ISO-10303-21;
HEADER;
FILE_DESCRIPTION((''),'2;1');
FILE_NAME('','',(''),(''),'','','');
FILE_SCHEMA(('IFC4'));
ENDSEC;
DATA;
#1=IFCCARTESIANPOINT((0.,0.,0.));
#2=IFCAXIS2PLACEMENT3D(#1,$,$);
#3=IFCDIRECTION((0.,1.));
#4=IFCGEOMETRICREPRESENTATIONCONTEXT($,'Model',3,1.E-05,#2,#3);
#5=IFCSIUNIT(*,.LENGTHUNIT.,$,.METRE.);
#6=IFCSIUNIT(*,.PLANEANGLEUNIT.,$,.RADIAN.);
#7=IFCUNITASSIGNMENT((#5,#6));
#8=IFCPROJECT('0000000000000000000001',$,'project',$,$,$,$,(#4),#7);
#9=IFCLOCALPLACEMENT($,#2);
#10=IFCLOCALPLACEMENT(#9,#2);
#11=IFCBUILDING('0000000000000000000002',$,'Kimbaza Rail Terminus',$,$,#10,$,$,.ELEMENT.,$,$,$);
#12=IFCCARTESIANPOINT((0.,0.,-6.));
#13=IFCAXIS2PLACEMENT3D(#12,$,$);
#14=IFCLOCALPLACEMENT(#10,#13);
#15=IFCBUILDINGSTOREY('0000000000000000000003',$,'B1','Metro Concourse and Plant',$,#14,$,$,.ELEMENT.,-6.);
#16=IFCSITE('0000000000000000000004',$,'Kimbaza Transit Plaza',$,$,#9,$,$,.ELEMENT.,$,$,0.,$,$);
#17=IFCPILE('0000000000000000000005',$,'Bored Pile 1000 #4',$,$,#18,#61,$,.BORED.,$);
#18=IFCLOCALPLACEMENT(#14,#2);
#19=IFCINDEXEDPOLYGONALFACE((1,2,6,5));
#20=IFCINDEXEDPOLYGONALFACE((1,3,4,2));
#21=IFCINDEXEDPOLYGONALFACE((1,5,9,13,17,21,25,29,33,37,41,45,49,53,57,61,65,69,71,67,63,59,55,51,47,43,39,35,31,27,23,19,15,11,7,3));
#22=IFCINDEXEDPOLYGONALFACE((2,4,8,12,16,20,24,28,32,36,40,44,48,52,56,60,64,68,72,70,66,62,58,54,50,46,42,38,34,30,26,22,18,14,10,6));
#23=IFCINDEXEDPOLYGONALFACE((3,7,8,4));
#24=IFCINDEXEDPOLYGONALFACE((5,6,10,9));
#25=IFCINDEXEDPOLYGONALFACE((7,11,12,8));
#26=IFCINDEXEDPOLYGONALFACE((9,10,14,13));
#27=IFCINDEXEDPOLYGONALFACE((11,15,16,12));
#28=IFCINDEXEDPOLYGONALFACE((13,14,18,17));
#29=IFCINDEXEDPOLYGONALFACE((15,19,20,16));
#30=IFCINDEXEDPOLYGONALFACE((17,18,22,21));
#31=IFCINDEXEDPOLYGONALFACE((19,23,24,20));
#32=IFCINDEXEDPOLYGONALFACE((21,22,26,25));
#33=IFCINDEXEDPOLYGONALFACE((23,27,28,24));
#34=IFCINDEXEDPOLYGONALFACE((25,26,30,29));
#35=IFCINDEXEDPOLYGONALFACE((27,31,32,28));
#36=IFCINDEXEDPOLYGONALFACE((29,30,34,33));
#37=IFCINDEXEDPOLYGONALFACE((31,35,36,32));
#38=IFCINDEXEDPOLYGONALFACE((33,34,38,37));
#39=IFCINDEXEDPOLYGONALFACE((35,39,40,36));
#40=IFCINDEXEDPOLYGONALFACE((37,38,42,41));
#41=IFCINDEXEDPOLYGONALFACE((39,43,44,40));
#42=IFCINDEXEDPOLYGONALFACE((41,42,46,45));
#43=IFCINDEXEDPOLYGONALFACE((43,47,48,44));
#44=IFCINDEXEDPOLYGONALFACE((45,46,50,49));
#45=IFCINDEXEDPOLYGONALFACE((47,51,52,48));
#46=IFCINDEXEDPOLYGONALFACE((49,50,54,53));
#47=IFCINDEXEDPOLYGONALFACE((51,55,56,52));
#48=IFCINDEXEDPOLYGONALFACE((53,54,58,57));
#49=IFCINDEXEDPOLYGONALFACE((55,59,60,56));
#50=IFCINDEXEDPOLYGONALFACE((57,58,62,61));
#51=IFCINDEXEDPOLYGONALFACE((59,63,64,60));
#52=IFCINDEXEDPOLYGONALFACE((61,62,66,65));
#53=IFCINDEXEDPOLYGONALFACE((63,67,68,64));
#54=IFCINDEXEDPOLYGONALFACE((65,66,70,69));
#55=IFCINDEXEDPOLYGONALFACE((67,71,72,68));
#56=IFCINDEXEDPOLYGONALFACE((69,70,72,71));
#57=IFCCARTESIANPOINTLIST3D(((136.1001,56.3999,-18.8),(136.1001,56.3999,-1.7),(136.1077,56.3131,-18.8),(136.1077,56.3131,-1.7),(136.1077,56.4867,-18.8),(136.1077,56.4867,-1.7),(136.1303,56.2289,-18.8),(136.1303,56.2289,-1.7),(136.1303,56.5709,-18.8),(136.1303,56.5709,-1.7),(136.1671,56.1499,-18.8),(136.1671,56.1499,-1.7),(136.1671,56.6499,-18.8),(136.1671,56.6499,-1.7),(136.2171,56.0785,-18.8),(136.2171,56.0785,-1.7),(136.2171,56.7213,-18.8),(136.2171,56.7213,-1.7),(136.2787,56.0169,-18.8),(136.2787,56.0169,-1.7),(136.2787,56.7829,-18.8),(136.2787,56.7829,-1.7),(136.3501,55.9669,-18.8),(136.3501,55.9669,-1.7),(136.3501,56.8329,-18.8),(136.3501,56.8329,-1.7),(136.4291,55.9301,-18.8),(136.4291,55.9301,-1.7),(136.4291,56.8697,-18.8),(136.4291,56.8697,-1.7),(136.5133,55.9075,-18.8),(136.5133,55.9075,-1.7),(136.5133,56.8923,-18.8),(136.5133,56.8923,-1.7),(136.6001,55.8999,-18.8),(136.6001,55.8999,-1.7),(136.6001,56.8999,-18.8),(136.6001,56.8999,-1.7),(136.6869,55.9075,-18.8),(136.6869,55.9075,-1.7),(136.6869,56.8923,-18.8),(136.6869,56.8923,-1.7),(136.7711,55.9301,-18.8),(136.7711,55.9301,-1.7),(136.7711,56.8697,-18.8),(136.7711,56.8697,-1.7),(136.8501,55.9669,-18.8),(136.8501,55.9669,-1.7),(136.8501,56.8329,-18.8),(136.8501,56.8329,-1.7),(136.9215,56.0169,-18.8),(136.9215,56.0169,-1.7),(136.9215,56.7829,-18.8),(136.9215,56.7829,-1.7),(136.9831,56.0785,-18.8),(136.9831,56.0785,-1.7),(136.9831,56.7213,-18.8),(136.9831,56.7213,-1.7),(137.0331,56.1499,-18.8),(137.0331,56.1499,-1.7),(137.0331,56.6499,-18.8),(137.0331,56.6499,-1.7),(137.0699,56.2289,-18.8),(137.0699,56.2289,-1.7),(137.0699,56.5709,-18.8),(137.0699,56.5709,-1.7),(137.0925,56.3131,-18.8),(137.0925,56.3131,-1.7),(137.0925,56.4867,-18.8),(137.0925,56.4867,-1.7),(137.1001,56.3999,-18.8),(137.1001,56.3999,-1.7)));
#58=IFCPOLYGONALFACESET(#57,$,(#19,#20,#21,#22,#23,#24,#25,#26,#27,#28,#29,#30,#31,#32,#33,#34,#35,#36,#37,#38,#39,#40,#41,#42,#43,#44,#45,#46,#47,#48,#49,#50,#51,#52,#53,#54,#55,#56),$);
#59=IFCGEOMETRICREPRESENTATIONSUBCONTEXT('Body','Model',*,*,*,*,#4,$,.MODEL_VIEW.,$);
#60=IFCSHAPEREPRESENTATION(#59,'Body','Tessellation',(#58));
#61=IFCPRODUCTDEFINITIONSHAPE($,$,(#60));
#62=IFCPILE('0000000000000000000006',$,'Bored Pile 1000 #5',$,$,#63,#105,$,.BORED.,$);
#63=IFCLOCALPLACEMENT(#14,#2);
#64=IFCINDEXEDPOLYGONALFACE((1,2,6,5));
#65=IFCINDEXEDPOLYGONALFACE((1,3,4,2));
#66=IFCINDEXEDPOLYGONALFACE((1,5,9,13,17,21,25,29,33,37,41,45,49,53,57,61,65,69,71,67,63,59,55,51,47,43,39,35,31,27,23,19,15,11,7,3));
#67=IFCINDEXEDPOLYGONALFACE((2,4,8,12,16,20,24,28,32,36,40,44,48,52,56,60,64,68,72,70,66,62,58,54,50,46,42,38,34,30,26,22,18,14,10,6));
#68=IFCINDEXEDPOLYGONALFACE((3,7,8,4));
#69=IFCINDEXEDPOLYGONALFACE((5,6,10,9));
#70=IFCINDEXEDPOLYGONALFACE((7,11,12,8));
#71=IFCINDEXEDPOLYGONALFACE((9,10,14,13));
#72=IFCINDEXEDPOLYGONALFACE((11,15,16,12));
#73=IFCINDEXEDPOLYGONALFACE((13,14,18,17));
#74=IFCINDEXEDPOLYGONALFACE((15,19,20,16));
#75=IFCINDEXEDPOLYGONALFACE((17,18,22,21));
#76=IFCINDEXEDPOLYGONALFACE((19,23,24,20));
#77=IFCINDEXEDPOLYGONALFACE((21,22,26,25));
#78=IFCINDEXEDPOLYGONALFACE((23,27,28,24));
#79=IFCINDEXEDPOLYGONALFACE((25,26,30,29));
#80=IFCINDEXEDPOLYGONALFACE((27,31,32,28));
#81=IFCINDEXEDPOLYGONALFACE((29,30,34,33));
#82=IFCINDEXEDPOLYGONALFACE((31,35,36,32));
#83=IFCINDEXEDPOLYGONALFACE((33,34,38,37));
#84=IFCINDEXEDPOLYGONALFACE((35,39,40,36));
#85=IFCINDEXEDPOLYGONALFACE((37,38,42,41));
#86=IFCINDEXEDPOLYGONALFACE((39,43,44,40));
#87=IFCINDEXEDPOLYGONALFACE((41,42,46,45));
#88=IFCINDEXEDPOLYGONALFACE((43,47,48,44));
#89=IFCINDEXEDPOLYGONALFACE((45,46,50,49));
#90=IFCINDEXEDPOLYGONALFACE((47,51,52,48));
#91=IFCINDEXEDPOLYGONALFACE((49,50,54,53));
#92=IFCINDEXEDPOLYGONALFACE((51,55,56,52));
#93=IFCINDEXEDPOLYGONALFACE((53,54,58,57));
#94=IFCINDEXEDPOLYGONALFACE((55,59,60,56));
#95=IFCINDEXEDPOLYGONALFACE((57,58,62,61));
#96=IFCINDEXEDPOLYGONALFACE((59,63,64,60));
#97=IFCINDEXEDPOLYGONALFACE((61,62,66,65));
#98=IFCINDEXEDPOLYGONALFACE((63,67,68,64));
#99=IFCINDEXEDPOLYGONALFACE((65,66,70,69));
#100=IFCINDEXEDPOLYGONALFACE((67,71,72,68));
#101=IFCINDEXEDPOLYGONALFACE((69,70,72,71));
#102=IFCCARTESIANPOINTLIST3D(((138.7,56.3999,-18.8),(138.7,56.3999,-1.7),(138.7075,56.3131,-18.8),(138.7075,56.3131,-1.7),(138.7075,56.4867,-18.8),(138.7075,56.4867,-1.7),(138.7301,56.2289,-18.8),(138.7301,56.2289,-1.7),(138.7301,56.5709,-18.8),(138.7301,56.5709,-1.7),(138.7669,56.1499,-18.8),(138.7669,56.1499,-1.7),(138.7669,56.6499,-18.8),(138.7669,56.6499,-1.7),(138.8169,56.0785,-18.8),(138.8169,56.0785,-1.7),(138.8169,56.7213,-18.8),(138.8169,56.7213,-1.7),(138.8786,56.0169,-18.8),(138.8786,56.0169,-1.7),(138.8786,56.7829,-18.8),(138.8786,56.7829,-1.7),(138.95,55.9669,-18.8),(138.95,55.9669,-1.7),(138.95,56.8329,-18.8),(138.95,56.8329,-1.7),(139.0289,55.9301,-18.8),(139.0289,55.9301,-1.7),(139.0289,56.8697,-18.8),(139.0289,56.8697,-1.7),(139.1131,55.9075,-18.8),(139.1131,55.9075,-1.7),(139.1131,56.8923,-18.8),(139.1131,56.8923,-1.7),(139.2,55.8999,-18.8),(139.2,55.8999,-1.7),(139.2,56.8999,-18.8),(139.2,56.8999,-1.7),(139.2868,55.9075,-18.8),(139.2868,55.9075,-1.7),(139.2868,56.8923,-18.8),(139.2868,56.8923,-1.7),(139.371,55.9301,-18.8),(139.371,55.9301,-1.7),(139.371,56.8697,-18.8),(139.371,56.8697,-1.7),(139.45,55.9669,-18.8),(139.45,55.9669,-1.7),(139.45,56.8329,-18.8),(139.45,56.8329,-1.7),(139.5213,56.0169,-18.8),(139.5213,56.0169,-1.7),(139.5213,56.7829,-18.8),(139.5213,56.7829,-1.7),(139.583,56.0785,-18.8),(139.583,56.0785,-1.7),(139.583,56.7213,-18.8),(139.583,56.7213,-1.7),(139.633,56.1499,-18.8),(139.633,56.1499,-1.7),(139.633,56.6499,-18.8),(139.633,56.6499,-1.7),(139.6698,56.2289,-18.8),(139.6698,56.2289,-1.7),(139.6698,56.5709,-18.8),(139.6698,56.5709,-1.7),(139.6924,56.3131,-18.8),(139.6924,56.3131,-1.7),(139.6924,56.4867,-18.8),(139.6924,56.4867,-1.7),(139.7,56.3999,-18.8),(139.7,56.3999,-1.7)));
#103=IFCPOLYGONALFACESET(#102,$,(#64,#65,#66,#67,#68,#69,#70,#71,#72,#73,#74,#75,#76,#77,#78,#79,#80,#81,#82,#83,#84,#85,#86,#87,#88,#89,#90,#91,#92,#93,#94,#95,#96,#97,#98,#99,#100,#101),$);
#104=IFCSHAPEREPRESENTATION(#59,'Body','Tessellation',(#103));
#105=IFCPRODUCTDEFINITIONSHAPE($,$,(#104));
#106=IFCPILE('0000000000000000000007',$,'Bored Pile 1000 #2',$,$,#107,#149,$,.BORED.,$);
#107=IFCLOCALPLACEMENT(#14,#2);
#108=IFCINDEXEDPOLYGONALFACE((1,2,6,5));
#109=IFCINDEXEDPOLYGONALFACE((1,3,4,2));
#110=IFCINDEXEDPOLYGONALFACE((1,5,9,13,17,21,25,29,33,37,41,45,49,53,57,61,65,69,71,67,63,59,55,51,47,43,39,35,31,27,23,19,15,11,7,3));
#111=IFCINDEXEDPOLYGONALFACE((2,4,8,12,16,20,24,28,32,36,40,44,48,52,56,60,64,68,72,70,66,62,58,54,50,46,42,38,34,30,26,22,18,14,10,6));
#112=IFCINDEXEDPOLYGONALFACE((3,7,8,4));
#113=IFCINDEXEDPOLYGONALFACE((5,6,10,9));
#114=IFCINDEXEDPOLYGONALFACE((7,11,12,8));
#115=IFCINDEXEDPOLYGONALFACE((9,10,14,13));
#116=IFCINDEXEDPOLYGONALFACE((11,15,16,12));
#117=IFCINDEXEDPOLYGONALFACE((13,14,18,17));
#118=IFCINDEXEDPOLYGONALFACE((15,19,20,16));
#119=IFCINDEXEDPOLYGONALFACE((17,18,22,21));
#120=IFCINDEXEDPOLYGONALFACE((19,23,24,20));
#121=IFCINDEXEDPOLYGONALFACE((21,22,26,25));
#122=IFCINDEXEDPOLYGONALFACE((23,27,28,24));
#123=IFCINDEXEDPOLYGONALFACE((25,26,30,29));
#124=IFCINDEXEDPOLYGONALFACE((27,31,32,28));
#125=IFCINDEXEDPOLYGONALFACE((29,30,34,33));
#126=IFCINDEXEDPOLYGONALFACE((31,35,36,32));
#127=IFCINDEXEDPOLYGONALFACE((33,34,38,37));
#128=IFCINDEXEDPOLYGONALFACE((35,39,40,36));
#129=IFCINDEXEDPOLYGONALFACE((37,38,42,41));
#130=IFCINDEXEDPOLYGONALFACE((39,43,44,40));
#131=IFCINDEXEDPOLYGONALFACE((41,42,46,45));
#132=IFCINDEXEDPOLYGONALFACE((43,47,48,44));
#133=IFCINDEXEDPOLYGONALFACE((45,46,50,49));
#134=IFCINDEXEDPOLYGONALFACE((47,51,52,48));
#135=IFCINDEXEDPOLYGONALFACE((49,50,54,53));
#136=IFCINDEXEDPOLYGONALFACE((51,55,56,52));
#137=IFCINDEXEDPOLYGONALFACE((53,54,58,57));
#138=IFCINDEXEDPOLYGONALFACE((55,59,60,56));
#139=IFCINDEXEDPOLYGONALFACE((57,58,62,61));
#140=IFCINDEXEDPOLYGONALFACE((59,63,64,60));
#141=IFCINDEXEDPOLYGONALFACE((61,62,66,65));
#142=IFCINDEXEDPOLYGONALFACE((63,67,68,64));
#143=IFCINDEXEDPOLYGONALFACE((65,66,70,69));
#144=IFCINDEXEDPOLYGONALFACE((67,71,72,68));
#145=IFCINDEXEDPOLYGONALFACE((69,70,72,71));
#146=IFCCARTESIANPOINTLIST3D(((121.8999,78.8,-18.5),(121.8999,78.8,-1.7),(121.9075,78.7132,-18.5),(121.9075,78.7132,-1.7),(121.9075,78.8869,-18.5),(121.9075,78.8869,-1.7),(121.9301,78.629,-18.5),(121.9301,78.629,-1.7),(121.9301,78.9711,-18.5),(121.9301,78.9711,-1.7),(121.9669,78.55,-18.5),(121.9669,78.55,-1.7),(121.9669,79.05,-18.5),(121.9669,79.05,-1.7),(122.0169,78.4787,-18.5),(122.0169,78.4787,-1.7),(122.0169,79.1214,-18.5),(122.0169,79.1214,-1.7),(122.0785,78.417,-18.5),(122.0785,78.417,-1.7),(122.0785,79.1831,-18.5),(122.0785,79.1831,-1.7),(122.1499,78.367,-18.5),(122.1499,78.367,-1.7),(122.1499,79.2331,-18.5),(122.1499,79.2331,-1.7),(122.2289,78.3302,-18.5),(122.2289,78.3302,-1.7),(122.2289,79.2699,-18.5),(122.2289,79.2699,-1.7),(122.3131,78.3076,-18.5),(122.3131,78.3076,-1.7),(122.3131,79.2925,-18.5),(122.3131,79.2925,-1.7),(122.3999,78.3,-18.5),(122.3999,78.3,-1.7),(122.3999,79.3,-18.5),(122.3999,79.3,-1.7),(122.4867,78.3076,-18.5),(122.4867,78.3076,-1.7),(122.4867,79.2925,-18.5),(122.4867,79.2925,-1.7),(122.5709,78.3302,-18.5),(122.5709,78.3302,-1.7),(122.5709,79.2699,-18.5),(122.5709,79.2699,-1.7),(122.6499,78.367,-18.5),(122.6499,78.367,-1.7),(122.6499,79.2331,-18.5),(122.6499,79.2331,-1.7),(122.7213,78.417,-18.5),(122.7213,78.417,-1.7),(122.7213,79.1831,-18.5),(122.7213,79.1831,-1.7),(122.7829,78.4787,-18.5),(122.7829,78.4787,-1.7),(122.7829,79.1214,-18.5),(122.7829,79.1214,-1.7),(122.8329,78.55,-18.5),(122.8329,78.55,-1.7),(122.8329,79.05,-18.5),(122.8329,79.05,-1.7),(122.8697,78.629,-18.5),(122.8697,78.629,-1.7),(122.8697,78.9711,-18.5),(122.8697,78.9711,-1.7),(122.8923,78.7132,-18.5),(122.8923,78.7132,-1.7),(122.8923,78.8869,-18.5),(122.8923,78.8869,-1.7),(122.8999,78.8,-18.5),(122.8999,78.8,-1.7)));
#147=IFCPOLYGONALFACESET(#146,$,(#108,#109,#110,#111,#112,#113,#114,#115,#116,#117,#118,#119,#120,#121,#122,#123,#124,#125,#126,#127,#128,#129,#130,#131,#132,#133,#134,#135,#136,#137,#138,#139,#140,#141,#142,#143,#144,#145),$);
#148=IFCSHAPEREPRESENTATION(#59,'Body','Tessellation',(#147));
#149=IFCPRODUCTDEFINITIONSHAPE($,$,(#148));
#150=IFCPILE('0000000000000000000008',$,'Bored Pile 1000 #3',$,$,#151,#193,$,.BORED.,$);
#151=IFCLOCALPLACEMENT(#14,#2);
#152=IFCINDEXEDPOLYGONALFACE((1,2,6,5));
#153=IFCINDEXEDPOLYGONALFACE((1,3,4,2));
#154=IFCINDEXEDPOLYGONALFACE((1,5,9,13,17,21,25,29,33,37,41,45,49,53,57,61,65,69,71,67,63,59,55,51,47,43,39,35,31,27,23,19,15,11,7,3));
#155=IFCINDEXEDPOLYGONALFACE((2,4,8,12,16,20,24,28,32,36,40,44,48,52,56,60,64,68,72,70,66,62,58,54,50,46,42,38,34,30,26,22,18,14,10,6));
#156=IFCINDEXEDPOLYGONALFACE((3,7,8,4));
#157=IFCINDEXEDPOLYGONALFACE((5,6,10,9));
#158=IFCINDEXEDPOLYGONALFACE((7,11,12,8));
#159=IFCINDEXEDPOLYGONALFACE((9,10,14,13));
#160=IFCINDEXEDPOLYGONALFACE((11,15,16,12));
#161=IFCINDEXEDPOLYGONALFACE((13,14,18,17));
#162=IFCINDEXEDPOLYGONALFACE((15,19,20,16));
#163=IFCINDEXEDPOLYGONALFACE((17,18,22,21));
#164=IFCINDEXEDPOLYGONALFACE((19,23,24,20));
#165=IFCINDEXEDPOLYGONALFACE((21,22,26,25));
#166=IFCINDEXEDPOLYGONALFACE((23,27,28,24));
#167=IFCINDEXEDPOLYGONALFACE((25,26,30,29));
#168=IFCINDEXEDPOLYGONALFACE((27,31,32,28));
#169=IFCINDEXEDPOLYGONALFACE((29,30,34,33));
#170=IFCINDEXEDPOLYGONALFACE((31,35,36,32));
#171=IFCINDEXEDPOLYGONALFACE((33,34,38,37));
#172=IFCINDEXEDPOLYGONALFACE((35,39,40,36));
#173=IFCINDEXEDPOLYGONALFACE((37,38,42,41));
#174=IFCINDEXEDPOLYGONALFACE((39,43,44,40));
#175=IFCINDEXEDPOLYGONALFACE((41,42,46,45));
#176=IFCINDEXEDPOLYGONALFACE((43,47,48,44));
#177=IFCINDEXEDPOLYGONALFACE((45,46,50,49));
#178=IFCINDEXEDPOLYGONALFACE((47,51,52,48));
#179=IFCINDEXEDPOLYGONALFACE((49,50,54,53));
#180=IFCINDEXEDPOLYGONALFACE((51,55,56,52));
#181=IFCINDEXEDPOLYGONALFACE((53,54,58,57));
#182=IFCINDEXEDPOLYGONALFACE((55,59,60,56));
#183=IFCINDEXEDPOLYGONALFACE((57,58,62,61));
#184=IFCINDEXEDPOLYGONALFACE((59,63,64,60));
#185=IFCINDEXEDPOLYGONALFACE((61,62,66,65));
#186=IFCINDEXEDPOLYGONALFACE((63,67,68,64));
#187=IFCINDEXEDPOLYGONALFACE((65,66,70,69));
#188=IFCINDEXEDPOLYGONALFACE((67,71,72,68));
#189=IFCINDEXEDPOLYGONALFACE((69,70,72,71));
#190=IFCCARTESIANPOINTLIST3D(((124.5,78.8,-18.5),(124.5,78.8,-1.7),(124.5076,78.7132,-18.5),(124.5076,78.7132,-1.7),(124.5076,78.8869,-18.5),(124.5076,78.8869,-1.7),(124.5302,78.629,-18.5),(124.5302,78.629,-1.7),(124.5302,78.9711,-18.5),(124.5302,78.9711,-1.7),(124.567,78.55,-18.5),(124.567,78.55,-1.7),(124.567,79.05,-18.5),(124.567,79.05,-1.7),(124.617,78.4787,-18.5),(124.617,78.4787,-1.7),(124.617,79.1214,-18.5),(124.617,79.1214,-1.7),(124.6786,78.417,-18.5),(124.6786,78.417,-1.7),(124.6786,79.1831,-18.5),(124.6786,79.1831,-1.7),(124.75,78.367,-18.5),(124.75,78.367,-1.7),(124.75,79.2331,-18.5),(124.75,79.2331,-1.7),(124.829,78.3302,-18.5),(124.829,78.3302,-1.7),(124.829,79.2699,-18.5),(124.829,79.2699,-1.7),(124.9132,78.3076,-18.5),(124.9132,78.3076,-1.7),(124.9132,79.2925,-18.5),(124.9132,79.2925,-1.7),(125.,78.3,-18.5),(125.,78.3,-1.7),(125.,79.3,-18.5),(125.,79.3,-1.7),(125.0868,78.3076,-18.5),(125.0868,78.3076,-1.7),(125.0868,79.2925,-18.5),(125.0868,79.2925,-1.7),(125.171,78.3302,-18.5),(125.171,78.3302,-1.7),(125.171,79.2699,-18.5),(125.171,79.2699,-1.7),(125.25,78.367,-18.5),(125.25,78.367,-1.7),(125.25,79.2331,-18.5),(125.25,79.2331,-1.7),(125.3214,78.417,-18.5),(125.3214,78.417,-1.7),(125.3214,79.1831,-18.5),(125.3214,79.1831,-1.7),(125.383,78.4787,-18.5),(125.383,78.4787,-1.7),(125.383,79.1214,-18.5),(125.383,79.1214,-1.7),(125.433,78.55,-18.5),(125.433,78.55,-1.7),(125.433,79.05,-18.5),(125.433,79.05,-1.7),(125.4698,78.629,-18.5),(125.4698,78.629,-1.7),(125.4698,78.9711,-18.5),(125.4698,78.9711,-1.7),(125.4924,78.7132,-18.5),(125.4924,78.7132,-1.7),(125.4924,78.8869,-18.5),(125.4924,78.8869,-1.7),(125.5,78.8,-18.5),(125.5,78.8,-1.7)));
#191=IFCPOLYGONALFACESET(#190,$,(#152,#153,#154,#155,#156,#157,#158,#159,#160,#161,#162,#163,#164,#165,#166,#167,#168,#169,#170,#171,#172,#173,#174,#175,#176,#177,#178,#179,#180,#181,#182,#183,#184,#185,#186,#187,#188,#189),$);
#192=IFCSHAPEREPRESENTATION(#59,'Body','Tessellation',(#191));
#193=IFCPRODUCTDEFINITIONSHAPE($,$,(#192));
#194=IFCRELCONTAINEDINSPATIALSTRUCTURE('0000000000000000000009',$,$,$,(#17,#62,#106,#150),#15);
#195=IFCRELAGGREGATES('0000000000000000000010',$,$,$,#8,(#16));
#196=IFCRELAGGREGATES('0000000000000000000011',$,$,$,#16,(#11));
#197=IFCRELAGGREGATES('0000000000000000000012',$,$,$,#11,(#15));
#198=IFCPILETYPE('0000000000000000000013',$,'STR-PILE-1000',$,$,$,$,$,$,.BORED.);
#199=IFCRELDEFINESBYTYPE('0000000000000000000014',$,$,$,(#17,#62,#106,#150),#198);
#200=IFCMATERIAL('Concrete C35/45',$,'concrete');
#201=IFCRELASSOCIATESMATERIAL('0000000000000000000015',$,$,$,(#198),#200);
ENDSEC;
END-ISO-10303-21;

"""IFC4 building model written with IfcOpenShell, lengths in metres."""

from ifc_helpers import new_model, si_unit, direction, frame, origin, origin_2d, place, context, subcontext, project, spatial, circle, extrude, material, material_profile, profile_set, type_object, element, save


model = new_model("IFC4")

# Units and contexts
model_context = context("Model", 3, precision=1e-05, world=origin(), true_north=direction((0.0, 1.0)))
body_context = subcontext(model_context, "Body", "Model", "MODEL_VIEW")
ifc_project = project(units=[si_unit("LENGTHUNIT", "METRE"), si_unit("PLANEANGLEUNIT", "RADIAN")], contexts=[model_context])

# Site, building, storey
site_placement = place(None, origin())
site = spatial("IfcSite", under=ifc_project, at=site_placement, Name="Kimbaza Transit Plaza", CompositionType="ELEMENT", RefElevation=0.0)
building_placement = place(site_placement, origin())
building = spatial("IfcBuilding", under=site, at=building_placement, Name="Kimbaza Rail Terminus", CompositionType="ELEMENT")
storey_placement = place(building_placement, frame((0.0, 0.0, -6.0)))
storey = spatial("IfcBuildingStorey", under=building, at=storey_placement, Name="B1", Description="Metro Concourse and Plant", CompositionType="ELEMENT", Elevation=-6.0)

# Piles
ifc_material_1 = material(Name="Concrete C35/45", Category="concrete")
ifc_material_profile_1 = material_profile(ifc_material_1, circle(Radius=0.5, at=origin_2d()), Name="BORED PILE 1000")
ifc_profile_set_1 = profile_set([ifc_material_profile_1], Name="Concrete C35/45")
pile_type_1 = type_object("IfcPileType", Name="STR-PILE-1000", PredefinedType="BORED", material=ifc_profile_set_1)
for number, where, z_axis, x_axis, name in (
    (1, (136.6001, 56.3999, -1.7), (0.0, 0.0, -1.0), (1.0, 0.0, 0.0), "Bored Pile 1000 #4"),
    (2, (139.2, 56.3999, -1.7), (0.0, 0.0, -1.0), (1.0, 0.0, 0.0), "Bored Pile 1000 #5"),
):
    element("IfcPile", number, at=place(storey_placement, frame(where, z_axis=z_axis, x_axis=x_axis)), inside=storey, type_object=pile_type_1, Name=name, PredefinedType="BORED", context=body_context, shape_type="SweptSolid", body=[
        extrude(circle(Radius=0.5, at=origin_2d()), origin(), (0.0, 0.0, 1.0), 17.1001),
    ])
for number, where, z_axis, x_axis, name in (
    (3, (122.3999, 78.8, -1.7), (0.0, 0.0, -1.0), (1.0, 0.0, 0.0), "Bored Pile 1000 #2"),
    (4, (125.0, 78.8, -1.7), (0.0, 0.0, -1.0), (1.0, 0.0, 0.0), "Bored Pile 1000 #3"),
):
    element("IfcPile", number, at=place(storey_placement, frame(where, z_axis=z_axis, x_axis=x_axis)), inside=storey, type_object=pile_type_1, Name=name, PredefinedType="BORED", context=body_context, shape_type="SweptSolid", body=[
        extrude(circle(Radius=0.5, at=origin_2d()), origin(), (0.0, 0.0, 1.0), 16.8),
    ])

save(model, "model.ifc")
